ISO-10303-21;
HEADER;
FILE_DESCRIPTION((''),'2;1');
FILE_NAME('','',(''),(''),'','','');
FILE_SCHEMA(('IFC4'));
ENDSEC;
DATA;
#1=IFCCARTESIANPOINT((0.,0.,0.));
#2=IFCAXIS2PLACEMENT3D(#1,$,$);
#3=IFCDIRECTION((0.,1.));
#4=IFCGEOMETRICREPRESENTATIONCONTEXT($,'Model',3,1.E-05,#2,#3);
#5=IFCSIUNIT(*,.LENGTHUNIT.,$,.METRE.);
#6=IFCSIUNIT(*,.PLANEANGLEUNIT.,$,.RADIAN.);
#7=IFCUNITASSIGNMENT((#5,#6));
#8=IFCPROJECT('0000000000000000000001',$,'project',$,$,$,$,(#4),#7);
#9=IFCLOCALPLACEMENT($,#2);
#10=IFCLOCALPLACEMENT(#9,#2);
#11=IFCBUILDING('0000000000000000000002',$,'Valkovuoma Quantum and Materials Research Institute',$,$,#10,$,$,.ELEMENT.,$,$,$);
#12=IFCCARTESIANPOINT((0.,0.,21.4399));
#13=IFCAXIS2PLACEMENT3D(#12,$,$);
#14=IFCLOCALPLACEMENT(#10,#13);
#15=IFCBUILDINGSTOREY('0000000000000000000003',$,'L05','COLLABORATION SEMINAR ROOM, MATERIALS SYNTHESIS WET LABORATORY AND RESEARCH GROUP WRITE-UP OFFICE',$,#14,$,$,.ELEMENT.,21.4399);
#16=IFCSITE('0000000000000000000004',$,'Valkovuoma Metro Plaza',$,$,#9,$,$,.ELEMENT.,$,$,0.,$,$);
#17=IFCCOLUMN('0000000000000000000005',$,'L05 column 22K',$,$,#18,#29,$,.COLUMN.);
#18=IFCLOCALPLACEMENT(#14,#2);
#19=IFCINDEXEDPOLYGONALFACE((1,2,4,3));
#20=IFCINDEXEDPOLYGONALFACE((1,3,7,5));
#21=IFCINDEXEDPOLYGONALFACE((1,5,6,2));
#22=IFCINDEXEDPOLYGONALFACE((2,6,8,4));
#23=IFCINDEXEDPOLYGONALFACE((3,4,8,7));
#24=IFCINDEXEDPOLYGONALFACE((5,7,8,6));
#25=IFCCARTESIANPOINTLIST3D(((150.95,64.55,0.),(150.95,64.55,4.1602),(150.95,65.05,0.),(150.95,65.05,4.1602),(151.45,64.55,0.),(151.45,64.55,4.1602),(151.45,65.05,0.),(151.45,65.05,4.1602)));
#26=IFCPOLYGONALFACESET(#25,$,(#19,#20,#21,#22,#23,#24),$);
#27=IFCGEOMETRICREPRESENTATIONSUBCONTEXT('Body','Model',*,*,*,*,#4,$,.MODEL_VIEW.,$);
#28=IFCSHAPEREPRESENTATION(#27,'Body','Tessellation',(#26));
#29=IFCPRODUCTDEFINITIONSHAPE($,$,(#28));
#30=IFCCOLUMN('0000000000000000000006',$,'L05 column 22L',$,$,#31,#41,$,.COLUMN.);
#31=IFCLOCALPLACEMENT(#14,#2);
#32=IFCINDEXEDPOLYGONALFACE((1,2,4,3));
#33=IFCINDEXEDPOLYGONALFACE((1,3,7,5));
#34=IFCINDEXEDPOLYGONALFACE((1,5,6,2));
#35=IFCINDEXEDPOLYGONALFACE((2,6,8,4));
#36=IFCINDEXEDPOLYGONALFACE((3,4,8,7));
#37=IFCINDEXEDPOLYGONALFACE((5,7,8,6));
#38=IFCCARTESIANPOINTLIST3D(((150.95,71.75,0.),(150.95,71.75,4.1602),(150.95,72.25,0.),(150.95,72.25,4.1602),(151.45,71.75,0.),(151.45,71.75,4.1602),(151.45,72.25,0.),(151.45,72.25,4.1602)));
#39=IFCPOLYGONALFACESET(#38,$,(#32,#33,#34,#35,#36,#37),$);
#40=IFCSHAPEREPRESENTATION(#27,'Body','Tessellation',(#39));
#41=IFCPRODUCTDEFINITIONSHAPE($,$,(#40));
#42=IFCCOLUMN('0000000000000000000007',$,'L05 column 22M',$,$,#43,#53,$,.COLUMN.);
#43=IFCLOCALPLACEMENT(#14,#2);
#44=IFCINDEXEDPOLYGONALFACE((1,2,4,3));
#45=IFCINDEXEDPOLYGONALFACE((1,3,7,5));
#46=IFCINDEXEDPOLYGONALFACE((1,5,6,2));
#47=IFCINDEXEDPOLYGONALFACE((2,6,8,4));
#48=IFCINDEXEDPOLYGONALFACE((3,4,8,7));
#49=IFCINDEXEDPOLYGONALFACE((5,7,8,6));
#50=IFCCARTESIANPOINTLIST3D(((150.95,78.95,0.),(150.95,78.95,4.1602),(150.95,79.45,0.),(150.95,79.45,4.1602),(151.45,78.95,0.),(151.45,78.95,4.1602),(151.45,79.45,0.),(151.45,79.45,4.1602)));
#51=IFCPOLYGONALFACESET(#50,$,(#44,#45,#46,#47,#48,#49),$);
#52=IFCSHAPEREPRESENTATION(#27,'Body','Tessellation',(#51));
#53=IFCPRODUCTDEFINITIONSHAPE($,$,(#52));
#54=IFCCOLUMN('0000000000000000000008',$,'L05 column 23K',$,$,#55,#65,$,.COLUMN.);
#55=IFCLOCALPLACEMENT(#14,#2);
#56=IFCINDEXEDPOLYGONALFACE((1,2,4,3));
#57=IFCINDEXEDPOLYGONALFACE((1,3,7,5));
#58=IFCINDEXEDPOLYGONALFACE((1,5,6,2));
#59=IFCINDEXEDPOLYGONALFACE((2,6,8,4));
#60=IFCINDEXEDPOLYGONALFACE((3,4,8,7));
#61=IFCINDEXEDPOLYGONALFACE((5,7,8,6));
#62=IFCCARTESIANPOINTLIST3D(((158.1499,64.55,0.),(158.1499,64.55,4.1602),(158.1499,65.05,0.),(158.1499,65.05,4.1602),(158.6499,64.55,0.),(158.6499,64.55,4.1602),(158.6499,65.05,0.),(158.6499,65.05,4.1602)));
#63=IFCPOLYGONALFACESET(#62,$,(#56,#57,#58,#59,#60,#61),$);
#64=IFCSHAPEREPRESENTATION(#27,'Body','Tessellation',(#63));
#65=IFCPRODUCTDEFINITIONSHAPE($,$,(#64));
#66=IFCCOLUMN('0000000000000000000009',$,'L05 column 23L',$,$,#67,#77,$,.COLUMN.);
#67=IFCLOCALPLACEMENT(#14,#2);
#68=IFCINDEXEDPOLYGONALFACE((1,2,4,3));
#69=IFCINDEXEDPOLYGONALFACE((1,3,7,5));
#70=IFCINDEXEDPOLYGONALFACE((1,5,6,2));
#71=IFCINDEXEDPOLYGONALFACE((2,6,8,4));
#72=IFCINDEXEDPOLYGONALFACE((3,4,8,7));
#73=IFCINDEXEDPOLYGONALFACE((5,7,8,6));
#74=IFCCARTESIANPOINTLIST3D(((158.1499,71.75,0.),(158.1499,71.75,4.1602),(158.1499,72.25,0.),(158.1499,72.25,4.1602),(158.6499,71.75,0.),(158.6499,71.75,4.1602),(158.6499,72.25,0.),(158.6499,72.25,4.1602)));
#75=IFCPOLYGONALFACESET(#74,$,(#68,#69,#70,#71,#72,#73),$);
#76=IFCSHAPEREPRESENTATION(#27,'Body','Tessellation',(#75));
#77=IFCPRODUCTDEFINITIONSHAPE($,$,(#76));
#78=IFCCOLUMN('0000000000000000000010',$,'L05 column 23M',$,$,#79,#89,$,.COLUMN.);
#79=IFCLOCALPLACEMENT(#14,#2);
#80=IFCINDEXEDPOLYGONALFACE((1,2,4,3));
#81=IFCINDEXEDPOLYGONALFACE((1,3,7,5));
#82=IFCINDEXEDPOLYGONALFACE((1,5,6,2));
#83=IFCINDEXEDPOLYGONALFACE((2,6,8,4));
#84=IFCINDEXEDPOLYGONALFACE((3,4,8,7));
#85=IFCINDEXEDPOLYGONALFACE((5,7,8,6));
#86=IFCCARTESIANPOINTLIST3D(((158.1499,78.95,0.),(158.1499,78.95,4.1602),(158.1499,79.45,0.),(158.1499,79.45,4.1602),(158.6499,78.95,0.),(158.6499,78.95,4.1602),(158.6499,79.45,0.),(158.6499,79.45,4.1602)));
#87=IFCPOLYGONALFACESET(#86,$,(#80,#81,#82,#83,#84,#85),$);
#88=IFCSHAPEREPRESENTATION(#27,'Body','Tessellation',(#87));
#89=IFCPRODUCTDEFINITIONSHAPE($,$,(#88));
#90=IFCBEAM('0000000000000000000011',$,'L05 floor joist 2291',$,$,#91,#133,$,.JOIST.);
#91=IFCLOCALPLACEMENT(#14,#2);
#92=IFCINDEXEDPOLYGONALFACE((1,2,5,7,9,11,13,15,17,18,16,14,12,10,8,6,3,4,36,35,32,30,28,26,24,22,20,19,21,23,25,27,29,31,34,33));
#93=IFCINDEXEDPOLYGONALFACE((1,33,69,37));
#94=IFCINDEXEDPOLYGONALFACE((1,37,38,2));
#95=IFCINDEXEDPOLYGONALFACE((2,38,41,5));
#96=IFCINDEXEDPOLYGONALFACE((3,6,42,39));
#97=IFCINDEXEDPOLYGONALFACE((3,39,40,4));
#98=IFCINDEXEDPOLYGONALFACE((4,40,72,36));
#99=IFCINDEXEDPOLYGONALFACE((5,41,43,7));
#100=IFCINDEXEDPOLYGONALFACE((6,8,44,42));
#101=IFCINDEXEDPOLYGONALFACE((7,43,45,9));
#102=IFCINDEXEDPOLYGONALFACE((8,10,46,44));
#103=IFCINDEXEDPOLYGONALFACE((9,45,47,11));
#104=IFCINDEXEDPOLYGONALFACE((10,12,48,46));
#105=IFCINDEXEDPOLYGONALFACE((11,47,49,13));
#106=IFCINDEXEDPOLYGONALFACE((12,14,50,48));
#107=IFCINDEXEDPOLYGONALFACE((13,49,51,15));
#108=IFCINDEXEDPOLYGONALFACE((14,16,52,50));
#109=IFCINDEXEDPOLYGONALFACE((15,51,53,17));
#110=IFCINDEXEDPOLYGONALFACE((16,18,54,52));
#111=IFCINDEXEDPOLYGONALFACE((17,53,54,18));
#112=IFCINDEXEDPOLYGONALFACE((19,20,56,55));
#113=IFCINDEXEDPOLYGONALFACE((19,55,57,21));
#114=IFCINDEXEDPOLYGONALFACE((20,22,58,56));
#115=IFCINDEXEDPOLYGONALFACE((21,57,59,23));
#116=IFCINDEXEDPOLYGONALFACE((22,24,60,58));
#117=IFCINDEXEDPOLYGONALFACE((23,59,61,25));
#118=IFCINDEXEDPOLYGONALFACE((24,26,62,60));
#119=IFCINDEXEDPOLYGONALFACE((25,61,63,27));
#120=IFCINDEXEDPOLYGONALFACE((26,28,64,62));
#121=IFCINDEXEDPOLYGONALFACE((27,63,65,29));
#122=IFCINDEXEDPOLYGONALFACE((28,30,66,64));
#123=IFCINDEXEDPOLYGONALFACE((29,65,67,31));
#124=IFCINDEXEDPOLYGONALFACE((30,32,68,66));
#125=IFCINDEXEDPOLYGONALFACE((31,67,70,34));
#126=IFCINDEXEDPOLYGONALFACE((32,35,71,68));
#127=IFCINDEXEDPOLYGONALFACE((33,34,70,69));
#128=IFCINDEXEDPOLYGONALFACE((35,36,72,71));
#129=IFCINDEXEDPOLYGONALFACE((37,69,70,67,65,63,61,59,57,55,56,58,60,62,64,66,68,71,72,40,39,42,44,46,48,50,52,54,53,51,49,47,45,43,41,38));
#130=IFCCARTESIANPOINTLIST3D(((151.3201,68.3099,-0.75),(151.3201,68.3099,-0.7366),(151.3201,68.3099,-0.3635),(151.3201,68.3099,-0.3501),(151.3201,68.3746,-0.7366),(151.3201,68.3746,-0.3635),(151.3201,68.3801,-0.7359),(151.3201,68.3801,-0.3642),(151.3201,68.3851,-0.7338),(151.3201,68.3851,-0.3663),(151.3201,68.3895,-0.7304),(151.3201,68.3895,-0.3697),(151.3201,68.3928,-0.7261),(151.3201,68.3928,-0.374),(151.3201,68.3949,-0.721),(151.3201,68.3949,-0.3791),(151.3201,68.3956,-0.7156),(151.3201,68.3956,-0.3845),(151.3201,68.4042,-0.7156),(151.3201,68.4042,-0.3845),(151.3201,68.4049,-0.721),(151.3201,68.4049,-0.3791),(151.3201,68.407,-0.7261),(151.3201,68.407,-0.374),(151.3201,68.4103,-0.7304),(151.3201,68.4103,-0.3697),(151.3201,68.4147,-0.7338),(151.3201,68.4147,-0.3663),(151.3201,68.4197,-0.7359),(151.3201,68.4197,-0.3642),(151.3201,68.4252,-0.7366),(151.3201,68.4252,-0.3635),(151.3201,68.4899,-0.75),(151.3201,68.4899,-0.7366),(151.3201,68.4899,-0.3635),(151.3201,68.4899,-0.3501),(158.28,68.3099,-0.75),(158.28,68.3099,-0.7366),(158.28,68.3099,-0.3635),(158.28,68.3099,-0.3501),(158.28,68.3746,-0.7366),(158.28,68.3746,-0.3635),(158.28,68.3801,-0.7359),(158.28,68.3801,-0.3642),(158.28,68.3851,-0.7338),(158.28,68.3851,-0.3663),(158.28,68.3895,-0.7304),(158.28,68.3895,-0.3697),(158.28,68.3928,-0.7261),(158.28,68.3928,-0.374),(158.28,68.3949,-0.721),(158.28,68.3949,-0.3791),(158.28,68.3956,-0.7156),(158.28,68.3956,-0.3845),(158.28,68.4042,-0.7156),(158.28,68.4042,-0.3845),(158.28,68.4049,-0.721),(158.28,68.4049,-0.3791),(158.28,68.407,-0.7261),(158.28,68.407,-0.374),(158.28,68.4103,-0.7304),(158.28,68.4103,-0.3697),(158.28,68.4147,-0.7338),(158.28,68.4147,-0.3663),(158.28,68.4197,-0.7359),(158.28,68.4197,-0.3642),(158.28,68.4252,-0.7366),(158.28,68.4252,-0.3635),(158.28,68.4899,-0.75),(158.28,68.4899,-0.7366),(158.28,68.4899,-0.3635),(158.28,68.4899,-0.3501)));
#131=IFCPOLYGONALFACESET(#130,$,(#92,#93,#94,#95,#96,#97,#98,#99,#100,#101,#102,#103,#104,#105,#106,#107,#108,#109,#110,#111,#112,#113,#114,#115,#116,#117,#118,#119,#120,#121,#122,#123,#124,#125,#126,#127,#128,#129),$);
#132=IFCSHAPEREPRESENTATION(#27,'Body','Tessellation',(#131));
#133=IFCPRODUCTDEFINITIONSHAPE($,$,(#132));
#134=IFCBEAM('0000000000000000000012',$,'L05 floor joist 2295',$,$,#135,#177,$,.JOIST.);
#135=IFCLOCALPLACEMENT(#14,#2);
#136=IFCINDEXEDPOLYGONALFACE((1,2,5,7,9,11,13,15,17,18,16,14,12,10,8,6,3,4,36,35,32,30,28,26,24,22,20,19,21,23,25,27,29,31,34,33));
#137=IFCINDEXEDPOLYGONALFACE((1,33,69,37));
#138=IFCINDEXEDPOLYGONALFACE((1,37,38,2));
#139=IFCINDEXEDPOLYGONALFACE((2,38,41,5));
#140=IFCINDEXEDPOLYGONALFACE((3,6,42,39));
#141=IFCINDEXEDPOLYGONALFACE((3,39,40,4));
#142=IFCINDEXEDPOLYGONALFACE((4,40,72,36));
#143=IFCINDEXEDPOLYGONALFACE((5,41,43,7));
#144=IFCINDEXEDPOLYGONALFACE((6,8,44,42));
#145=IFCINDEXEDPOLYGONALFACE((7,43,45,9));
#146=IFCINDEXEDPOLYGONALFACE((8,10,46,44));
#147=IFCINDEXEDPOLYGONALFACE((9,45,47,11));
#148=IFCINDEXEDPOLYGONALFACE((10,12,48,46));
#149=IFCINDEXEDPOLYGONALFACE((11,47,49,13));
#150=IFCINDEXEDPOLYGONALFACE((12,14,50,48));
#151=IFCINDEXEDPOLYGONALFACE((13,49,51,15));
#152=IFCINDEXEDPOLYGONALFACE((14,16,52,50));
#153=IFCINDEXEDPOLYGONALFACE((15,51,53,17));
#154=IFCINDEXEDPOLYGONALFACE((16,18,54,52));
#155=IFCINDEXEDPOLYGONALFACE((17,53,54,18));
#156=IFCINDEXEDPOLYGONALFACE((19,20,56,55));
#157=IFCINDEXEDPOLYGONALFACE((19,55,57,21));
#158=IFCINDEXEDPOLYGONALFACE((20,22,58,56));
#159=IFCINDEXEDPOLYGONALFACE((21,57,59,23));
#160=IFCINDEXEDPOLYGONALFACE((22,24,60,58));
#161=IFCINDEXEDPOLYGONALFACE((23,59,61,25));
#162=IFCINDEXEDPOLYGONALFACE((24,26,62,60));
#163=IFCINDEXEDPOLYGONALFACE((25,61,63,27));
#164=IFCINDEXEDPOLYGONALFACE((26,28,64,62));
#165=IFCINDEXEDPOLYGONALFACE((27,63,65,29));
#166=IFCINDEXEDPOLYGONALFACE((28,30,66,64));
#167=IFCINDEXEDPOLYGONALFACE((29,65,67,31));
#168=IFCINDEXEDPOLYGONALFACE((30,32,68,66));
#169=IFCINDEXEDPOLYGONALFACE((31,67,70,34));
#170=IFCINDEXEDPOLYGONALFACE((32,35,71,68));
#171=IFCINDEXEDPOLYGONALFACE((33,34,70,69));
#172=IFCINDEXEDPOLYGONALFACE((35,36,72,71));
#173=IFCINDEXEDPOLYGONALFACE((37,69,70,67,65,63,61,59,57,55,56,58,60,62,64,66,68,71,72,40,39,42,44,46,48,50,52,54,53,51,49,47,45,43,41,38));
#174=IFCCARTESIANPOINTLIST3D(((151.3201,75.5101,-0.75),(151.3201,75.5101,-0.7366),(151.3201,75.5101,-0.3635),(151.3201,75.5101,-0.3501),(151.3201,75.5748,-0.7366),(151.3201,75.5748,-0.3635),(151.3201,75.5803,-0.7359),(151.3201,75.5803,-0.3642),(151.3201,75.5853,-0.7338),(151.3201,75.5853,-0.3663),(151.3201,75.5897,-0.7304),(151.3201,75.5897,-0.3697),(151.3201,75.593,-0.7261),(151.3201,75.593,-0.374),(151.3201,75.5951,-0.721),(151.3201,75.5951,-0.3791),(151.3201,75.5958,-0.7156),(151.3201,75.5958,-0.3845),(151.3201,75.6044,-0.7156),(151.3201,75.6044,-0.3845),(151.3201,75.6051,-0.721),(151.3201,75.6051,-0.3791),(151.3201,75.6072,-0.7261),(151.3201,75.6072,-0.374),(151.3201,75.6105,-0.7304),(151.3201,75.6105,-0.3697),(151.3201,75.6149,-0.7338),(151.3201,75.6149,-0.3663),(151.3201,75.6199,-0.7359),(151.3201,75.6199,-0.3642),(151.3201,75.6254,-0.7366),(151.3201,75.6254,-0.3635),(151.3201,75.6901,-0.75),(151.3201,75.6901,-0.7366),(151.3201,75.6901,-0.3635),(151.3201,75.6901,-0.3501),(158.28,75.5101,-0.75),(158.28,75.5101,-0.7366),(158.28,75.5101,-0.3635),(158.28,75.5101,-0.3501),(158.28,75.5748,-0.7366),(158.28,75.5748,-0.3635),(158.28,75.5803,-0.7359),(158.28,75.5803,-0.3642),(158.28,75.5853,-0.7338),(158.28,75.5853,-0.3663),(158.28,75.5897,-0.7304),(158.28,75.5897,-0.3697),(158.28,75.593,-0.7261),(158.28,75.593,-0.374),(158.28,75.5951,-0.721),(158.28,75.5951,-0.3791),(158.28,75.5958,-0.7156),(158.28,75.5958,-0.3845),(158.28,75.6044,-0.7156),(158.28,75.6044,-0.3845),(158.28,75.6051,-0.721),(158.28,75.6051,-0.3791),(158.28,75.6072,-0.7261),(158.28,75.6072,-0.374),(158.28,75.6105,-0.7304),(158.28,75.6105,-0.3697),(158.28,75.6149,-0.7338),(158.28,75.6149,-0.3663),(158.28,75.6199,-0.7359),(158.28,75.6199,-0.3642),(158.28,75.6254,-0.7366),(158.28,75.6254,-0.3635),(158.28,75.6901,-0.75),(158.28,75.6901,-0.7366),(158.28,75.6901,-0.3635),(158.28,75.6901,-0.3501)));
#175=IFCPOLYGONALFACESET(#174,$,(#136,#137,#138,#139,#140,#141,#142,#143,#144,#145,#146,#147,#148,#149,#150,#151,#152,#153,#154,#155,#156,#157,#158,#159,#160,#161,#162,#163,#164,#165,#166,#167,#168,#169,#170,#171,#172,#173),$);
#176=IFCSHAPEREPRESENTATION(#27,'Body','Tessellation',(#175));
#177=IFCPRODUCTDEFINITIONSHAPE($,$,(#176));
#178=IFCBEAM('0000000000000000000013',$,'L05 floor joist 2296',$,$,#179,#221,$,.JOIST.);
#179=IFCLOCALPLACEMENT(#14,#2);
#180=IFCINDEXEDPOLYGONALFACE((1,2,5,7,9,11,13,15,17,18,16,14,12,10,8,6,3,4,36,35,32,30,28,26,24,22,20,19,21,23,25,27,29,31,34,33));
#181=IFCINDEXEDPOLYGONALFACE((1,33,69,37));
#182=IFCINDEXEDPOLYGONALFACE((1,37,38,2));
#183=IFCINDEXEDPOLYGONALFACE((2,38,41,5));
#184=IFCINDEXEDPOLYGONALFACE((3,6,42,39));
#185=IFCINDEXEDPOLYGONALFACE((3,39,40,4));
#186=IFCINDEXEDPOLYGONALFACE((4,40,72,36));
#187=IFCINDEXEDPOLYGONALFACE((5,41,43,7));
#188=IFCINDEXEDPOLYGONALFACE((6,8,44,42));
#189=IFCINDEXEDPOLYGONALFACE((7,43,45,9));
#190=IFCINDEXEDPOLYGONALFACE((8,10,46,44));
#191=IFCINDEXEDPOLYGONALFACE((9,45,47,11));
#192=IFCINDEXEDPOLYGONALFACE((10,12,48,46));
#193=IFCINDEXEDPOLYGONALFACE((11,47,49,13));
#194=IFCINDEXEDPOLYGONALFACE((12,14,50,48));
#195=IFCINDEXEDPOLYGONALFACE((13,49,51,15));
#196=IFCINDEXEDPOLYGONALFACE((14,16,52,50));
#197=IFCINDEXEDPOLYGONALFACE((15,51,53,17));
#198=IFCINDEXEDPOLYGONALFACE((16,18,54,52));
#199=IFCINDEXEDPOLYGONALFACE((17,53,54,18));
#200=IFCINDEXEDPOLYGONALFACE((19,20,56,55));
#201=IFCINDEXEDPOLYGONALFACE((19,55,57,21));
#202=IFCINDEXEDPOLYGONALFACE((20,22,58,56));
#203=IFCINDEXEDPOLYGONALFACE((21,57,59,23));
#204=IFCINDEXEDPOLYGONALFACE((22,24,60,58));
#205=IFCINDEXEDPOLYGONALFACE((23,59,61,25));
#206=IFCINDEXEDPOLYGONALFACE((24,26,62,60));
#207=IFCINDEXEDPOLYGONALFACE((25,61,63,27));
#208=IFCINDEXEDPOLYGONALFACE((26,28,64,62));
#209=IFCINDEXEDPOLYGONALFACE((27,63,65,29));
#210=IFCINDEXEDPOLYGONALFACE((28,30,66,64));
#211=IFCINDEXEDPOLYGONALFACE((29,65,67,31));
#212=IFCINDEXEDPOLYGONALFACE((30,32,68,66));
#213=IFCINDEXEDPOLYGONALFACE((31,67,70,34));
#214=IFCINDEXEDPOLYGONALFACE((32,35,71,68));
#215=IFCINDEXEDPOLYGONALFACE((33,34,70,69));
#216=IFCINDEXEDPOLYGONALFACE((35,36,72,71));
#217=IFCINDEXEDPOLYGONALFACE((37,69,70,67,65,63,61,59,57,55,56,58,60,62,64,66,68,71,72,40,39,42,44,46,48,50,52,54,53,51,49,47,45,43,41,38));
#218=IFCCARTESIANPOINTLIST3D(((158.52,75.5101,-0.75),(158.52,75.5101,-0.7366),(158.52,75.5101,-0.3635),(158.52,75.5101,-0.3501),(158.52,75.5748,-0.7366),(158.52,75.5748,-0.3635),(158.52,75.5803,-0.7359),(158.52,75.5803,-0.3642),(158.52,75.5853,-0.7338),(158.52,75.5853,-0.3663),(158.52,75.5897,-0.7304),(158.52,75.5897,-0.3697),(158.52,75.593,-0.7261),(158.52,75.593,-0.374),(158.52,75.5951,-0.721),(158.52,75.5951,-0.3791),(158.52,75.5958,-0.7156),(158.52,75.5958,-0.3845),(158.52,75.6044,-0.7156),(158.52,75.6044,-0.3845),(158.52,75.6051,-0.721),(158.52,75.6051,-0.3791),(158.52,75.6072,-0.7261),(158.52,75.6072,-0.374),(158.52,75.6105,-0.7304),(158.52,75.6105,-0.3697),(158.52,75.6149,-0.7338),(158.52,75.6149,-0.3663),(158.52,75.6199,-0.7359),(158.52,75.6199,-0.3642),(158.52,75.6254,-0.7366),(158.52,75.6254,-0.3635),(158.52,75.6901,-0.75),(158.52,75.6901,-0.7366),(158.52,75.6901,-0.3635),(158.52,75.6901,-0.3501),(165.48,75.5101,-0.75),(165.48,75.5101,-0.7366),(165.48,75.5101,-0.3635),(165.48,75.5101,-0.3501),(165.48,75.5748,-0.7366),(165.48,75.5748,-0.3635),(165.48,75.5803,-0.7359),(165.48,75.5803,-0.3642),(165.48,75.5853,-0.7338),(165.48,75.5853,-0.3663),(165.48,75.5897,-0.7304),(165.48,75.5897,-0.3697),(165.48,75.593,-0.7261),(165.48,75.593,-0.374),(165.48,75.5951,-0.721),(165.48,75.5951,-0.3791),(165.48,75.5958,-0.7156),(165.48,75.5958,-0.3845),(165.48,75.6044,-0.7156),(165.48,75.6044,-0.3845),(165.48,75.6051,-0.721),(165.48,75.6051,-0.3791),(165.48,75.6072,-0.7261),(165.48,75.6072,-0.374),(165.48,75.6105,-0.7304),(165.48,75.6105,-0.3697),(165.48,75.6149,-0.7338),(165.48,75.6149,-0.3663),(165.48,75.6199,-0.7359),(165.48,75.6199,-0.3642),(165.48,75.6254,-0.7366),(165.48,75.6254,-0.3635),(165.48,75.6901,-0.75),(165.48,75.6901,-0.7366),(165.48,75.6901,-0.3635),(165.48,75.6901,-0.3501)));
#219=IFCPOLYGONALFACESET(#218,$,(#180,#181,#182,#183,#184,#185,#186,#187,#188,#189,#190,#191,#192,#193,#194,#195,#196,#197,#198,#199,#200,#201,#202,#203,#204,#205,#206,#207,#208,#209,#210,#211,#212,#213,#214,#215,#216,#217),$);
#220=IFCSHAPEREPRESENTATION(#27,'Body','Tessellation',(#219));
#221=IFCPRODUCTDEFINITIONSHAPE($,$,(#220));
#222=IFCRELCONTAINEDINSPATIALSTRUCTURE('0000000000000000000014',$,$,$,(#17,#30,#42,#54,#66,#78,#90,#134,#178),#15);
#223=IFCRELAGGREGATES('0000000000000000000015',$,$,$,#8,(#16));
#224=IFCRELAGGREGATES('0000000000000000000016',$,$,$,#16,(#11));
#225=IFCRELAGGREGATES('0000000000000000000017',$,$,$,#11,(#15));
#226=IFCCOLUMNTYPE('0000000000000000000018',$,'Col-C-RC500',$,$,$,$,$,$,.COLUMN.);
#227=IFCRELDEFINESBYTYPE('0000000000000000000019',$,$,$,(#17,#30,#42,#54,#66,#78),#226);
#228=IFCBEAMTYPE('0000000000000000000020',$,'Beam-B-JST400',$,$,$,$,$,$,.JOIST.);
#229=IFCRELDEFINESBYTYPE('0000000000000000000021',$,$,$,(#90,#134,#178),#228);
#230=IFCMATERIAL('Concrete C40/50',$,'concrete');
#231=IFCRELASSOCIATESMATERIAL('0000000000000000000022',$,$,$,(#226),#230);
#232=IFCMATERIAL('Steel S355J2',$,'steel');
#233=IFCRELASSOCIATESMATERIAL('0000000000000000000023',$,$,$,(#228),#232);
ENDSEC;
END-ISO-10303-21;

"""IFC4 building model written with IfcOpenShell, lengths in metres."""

from ifc_helpers import new_model, si_unit, direction, frame, origin, origin_2d, place, context, subcontext, project, spatial, rectangle, i_section, extrude, material, material_profile, profile_set, type_object, element, save


model = new_model("IFC4")

# Units and contexts
model_context = context("Model", 3, precision=1e-05, world=origin(), true_north=direction((0.0, 1.0)))
body_context = subcontext(model_context, "Body", "Model", "MODEL_VIEW")
ifc_project = project(units=[si_unit("LENGTHUNIT", "METRE"), si_unit("PLANEANGLEUNIT", "RADIAN")], contexts=[model_context])

# Site, building, storey
site_placement = place(None, origin())
site = spatial("IfcSite", under=ifc_project, at=site_placement, Name="Valkovuoma Metro Plaza", CompositionType="ELEMENT", RefElevation=0.0)
building_placement = place(site_placement, origin())
building = spatial("IfcBuilding", under=site, at=building_placement, Name="Valkovuoma Quantum and Materials Research Institute", CompositionType="ELEMENT")
storey_placement = place(building_placement, frame((0.0, 0.0, 21.4399)))
storey = spatial("IfcBuildingStorey", under=building, at=storey_placement, Name="L05", Description="COLLABORATION SEMINAR ROOM, MATERIALS SYNTHESIS WET LABORATORY AND RESEARCH GROUP WRITE-UP OFFICE", CompositionType="ELEMENT", Elevation=21.4399)

# Columns
ifc_material_1 = material(Name="Concrete C40/50", Category="concrete")
ifc_material_profile_1 = material_profile(ifc_material_1, rectangle(XDim=0.5, YDim=0.5, at=origin_2d()), Name="Concrete C40/50")
ifc_profile_set_1 = profile_set([ifc_material_profile_1], Name="Concrete C40/50")
column_type = type_object("IfcColumnType", Name="Col-C-RC500", PredefinedType="COLUMN", material=ifc_profile_set_1)
for number, where, z_axis, x_axis, name in (
    (1, (151.2, 64.8, 0.0), (0.0, 0.0, 1.0), (1.0, 0.0, 0.0), "L05 column 22K"),
    (2, (151.2, 72.0, 0.0), (0.0, 0.0, 1.0), (1.0, 0.0, 0.0), "L05 column 22L"),
    (3, (151.2, 79.2, 0.0), (0.0, 0.0, 1.0), (1.0, 0.0, 0.0), "L05 column 22M"),
    (4, (158.3999, 64.8, 0.0), (0.0, 0.0, 1.0), (1.0, 0.0, 0.0), "L05 column 23K"),
    (5, (158.3999, 72.0, 0.0), (0.0, 0.0, 1.0), (1.0, 0.0, 0.0), "L05 column 23L"),
    (6, (158.3999, 79.2, 0.0), (0.0, 0.0, 1.0), (1.0, 0.0, 0.0), "L05 column 23M"),
):
    element("IfcColumn", number, at=place(storey_placement, frame(where, z_axis=z_axis, x_axis=x_axis)), inside=storey, type_object=column_type, Name=name, PredefinedType="COLUMN", context=body_context, shape_type="SweptSolid", body=[
        extrude(rectangle(XDim=0.5, YDim=0.5, at=origin_2d()), origin(), (0.0, 0.0, 1.0), 4.1602),
    ])

# Beams
ifc_material_2 = material(Name="Steel S355J2", Category="steel")
ifc_material_profile_2 = material_profile(ifc_material_2, i_section(OverallWidth=0.1799, OverallDepth=0.3999, WebThickness=0.0085, FlangeThickness=0.0134, FilletRadius=0.021, at=origin_2d()), Name="Steel S355J2")
ifc_profile_set_2 = profile_set([ifc_material_profile_2], Name="Steel S355J2")
beam_type_1 = type_object("IfcBeamType", Name="Beam-B-JST400", PredefinedType="JOIST", material=ifc_profile_set_2)
for number, where, z_axis, x_axis, name in (
    (7, (151.3201, 68.3999, -0.55), (1.0, 0.0, 0.0), (0.0, 1.0, 0.0), "L05 floor joist 2291"),
    (8, (151.3201, 75.6001, -0.55), (1.0, 0.0, 0.0), (0.0, 1.0, 0.0), "L05 floor joist 2295"),
    (9, (158.52, 75.6001, -0.55), (1.0, 0.0, 0.0), (0.0, 1.0, 0.0), "L05 floor joist 2296"),
):
    element("IfcBeam", number, at=place(storey_placement, frame(where, z_axis=z_axis, x_axis=x_axis)), inside=storey, type_object=beam_type_1, Name=name, PredefinedType="JOIST", context=body_context, shape_type="SweptSolid", body=[
        extrude(i_section(OverallWidth=0.1799, OverallDepth=0.3999, WebThickness=0.0085, FlangeThickness=0.0134, FilletRadius=0.021, at=origin_2d()), origin(), (0.0, 0.0, 1.0), 6.96),
    ])

save(model, "model.ifc")
